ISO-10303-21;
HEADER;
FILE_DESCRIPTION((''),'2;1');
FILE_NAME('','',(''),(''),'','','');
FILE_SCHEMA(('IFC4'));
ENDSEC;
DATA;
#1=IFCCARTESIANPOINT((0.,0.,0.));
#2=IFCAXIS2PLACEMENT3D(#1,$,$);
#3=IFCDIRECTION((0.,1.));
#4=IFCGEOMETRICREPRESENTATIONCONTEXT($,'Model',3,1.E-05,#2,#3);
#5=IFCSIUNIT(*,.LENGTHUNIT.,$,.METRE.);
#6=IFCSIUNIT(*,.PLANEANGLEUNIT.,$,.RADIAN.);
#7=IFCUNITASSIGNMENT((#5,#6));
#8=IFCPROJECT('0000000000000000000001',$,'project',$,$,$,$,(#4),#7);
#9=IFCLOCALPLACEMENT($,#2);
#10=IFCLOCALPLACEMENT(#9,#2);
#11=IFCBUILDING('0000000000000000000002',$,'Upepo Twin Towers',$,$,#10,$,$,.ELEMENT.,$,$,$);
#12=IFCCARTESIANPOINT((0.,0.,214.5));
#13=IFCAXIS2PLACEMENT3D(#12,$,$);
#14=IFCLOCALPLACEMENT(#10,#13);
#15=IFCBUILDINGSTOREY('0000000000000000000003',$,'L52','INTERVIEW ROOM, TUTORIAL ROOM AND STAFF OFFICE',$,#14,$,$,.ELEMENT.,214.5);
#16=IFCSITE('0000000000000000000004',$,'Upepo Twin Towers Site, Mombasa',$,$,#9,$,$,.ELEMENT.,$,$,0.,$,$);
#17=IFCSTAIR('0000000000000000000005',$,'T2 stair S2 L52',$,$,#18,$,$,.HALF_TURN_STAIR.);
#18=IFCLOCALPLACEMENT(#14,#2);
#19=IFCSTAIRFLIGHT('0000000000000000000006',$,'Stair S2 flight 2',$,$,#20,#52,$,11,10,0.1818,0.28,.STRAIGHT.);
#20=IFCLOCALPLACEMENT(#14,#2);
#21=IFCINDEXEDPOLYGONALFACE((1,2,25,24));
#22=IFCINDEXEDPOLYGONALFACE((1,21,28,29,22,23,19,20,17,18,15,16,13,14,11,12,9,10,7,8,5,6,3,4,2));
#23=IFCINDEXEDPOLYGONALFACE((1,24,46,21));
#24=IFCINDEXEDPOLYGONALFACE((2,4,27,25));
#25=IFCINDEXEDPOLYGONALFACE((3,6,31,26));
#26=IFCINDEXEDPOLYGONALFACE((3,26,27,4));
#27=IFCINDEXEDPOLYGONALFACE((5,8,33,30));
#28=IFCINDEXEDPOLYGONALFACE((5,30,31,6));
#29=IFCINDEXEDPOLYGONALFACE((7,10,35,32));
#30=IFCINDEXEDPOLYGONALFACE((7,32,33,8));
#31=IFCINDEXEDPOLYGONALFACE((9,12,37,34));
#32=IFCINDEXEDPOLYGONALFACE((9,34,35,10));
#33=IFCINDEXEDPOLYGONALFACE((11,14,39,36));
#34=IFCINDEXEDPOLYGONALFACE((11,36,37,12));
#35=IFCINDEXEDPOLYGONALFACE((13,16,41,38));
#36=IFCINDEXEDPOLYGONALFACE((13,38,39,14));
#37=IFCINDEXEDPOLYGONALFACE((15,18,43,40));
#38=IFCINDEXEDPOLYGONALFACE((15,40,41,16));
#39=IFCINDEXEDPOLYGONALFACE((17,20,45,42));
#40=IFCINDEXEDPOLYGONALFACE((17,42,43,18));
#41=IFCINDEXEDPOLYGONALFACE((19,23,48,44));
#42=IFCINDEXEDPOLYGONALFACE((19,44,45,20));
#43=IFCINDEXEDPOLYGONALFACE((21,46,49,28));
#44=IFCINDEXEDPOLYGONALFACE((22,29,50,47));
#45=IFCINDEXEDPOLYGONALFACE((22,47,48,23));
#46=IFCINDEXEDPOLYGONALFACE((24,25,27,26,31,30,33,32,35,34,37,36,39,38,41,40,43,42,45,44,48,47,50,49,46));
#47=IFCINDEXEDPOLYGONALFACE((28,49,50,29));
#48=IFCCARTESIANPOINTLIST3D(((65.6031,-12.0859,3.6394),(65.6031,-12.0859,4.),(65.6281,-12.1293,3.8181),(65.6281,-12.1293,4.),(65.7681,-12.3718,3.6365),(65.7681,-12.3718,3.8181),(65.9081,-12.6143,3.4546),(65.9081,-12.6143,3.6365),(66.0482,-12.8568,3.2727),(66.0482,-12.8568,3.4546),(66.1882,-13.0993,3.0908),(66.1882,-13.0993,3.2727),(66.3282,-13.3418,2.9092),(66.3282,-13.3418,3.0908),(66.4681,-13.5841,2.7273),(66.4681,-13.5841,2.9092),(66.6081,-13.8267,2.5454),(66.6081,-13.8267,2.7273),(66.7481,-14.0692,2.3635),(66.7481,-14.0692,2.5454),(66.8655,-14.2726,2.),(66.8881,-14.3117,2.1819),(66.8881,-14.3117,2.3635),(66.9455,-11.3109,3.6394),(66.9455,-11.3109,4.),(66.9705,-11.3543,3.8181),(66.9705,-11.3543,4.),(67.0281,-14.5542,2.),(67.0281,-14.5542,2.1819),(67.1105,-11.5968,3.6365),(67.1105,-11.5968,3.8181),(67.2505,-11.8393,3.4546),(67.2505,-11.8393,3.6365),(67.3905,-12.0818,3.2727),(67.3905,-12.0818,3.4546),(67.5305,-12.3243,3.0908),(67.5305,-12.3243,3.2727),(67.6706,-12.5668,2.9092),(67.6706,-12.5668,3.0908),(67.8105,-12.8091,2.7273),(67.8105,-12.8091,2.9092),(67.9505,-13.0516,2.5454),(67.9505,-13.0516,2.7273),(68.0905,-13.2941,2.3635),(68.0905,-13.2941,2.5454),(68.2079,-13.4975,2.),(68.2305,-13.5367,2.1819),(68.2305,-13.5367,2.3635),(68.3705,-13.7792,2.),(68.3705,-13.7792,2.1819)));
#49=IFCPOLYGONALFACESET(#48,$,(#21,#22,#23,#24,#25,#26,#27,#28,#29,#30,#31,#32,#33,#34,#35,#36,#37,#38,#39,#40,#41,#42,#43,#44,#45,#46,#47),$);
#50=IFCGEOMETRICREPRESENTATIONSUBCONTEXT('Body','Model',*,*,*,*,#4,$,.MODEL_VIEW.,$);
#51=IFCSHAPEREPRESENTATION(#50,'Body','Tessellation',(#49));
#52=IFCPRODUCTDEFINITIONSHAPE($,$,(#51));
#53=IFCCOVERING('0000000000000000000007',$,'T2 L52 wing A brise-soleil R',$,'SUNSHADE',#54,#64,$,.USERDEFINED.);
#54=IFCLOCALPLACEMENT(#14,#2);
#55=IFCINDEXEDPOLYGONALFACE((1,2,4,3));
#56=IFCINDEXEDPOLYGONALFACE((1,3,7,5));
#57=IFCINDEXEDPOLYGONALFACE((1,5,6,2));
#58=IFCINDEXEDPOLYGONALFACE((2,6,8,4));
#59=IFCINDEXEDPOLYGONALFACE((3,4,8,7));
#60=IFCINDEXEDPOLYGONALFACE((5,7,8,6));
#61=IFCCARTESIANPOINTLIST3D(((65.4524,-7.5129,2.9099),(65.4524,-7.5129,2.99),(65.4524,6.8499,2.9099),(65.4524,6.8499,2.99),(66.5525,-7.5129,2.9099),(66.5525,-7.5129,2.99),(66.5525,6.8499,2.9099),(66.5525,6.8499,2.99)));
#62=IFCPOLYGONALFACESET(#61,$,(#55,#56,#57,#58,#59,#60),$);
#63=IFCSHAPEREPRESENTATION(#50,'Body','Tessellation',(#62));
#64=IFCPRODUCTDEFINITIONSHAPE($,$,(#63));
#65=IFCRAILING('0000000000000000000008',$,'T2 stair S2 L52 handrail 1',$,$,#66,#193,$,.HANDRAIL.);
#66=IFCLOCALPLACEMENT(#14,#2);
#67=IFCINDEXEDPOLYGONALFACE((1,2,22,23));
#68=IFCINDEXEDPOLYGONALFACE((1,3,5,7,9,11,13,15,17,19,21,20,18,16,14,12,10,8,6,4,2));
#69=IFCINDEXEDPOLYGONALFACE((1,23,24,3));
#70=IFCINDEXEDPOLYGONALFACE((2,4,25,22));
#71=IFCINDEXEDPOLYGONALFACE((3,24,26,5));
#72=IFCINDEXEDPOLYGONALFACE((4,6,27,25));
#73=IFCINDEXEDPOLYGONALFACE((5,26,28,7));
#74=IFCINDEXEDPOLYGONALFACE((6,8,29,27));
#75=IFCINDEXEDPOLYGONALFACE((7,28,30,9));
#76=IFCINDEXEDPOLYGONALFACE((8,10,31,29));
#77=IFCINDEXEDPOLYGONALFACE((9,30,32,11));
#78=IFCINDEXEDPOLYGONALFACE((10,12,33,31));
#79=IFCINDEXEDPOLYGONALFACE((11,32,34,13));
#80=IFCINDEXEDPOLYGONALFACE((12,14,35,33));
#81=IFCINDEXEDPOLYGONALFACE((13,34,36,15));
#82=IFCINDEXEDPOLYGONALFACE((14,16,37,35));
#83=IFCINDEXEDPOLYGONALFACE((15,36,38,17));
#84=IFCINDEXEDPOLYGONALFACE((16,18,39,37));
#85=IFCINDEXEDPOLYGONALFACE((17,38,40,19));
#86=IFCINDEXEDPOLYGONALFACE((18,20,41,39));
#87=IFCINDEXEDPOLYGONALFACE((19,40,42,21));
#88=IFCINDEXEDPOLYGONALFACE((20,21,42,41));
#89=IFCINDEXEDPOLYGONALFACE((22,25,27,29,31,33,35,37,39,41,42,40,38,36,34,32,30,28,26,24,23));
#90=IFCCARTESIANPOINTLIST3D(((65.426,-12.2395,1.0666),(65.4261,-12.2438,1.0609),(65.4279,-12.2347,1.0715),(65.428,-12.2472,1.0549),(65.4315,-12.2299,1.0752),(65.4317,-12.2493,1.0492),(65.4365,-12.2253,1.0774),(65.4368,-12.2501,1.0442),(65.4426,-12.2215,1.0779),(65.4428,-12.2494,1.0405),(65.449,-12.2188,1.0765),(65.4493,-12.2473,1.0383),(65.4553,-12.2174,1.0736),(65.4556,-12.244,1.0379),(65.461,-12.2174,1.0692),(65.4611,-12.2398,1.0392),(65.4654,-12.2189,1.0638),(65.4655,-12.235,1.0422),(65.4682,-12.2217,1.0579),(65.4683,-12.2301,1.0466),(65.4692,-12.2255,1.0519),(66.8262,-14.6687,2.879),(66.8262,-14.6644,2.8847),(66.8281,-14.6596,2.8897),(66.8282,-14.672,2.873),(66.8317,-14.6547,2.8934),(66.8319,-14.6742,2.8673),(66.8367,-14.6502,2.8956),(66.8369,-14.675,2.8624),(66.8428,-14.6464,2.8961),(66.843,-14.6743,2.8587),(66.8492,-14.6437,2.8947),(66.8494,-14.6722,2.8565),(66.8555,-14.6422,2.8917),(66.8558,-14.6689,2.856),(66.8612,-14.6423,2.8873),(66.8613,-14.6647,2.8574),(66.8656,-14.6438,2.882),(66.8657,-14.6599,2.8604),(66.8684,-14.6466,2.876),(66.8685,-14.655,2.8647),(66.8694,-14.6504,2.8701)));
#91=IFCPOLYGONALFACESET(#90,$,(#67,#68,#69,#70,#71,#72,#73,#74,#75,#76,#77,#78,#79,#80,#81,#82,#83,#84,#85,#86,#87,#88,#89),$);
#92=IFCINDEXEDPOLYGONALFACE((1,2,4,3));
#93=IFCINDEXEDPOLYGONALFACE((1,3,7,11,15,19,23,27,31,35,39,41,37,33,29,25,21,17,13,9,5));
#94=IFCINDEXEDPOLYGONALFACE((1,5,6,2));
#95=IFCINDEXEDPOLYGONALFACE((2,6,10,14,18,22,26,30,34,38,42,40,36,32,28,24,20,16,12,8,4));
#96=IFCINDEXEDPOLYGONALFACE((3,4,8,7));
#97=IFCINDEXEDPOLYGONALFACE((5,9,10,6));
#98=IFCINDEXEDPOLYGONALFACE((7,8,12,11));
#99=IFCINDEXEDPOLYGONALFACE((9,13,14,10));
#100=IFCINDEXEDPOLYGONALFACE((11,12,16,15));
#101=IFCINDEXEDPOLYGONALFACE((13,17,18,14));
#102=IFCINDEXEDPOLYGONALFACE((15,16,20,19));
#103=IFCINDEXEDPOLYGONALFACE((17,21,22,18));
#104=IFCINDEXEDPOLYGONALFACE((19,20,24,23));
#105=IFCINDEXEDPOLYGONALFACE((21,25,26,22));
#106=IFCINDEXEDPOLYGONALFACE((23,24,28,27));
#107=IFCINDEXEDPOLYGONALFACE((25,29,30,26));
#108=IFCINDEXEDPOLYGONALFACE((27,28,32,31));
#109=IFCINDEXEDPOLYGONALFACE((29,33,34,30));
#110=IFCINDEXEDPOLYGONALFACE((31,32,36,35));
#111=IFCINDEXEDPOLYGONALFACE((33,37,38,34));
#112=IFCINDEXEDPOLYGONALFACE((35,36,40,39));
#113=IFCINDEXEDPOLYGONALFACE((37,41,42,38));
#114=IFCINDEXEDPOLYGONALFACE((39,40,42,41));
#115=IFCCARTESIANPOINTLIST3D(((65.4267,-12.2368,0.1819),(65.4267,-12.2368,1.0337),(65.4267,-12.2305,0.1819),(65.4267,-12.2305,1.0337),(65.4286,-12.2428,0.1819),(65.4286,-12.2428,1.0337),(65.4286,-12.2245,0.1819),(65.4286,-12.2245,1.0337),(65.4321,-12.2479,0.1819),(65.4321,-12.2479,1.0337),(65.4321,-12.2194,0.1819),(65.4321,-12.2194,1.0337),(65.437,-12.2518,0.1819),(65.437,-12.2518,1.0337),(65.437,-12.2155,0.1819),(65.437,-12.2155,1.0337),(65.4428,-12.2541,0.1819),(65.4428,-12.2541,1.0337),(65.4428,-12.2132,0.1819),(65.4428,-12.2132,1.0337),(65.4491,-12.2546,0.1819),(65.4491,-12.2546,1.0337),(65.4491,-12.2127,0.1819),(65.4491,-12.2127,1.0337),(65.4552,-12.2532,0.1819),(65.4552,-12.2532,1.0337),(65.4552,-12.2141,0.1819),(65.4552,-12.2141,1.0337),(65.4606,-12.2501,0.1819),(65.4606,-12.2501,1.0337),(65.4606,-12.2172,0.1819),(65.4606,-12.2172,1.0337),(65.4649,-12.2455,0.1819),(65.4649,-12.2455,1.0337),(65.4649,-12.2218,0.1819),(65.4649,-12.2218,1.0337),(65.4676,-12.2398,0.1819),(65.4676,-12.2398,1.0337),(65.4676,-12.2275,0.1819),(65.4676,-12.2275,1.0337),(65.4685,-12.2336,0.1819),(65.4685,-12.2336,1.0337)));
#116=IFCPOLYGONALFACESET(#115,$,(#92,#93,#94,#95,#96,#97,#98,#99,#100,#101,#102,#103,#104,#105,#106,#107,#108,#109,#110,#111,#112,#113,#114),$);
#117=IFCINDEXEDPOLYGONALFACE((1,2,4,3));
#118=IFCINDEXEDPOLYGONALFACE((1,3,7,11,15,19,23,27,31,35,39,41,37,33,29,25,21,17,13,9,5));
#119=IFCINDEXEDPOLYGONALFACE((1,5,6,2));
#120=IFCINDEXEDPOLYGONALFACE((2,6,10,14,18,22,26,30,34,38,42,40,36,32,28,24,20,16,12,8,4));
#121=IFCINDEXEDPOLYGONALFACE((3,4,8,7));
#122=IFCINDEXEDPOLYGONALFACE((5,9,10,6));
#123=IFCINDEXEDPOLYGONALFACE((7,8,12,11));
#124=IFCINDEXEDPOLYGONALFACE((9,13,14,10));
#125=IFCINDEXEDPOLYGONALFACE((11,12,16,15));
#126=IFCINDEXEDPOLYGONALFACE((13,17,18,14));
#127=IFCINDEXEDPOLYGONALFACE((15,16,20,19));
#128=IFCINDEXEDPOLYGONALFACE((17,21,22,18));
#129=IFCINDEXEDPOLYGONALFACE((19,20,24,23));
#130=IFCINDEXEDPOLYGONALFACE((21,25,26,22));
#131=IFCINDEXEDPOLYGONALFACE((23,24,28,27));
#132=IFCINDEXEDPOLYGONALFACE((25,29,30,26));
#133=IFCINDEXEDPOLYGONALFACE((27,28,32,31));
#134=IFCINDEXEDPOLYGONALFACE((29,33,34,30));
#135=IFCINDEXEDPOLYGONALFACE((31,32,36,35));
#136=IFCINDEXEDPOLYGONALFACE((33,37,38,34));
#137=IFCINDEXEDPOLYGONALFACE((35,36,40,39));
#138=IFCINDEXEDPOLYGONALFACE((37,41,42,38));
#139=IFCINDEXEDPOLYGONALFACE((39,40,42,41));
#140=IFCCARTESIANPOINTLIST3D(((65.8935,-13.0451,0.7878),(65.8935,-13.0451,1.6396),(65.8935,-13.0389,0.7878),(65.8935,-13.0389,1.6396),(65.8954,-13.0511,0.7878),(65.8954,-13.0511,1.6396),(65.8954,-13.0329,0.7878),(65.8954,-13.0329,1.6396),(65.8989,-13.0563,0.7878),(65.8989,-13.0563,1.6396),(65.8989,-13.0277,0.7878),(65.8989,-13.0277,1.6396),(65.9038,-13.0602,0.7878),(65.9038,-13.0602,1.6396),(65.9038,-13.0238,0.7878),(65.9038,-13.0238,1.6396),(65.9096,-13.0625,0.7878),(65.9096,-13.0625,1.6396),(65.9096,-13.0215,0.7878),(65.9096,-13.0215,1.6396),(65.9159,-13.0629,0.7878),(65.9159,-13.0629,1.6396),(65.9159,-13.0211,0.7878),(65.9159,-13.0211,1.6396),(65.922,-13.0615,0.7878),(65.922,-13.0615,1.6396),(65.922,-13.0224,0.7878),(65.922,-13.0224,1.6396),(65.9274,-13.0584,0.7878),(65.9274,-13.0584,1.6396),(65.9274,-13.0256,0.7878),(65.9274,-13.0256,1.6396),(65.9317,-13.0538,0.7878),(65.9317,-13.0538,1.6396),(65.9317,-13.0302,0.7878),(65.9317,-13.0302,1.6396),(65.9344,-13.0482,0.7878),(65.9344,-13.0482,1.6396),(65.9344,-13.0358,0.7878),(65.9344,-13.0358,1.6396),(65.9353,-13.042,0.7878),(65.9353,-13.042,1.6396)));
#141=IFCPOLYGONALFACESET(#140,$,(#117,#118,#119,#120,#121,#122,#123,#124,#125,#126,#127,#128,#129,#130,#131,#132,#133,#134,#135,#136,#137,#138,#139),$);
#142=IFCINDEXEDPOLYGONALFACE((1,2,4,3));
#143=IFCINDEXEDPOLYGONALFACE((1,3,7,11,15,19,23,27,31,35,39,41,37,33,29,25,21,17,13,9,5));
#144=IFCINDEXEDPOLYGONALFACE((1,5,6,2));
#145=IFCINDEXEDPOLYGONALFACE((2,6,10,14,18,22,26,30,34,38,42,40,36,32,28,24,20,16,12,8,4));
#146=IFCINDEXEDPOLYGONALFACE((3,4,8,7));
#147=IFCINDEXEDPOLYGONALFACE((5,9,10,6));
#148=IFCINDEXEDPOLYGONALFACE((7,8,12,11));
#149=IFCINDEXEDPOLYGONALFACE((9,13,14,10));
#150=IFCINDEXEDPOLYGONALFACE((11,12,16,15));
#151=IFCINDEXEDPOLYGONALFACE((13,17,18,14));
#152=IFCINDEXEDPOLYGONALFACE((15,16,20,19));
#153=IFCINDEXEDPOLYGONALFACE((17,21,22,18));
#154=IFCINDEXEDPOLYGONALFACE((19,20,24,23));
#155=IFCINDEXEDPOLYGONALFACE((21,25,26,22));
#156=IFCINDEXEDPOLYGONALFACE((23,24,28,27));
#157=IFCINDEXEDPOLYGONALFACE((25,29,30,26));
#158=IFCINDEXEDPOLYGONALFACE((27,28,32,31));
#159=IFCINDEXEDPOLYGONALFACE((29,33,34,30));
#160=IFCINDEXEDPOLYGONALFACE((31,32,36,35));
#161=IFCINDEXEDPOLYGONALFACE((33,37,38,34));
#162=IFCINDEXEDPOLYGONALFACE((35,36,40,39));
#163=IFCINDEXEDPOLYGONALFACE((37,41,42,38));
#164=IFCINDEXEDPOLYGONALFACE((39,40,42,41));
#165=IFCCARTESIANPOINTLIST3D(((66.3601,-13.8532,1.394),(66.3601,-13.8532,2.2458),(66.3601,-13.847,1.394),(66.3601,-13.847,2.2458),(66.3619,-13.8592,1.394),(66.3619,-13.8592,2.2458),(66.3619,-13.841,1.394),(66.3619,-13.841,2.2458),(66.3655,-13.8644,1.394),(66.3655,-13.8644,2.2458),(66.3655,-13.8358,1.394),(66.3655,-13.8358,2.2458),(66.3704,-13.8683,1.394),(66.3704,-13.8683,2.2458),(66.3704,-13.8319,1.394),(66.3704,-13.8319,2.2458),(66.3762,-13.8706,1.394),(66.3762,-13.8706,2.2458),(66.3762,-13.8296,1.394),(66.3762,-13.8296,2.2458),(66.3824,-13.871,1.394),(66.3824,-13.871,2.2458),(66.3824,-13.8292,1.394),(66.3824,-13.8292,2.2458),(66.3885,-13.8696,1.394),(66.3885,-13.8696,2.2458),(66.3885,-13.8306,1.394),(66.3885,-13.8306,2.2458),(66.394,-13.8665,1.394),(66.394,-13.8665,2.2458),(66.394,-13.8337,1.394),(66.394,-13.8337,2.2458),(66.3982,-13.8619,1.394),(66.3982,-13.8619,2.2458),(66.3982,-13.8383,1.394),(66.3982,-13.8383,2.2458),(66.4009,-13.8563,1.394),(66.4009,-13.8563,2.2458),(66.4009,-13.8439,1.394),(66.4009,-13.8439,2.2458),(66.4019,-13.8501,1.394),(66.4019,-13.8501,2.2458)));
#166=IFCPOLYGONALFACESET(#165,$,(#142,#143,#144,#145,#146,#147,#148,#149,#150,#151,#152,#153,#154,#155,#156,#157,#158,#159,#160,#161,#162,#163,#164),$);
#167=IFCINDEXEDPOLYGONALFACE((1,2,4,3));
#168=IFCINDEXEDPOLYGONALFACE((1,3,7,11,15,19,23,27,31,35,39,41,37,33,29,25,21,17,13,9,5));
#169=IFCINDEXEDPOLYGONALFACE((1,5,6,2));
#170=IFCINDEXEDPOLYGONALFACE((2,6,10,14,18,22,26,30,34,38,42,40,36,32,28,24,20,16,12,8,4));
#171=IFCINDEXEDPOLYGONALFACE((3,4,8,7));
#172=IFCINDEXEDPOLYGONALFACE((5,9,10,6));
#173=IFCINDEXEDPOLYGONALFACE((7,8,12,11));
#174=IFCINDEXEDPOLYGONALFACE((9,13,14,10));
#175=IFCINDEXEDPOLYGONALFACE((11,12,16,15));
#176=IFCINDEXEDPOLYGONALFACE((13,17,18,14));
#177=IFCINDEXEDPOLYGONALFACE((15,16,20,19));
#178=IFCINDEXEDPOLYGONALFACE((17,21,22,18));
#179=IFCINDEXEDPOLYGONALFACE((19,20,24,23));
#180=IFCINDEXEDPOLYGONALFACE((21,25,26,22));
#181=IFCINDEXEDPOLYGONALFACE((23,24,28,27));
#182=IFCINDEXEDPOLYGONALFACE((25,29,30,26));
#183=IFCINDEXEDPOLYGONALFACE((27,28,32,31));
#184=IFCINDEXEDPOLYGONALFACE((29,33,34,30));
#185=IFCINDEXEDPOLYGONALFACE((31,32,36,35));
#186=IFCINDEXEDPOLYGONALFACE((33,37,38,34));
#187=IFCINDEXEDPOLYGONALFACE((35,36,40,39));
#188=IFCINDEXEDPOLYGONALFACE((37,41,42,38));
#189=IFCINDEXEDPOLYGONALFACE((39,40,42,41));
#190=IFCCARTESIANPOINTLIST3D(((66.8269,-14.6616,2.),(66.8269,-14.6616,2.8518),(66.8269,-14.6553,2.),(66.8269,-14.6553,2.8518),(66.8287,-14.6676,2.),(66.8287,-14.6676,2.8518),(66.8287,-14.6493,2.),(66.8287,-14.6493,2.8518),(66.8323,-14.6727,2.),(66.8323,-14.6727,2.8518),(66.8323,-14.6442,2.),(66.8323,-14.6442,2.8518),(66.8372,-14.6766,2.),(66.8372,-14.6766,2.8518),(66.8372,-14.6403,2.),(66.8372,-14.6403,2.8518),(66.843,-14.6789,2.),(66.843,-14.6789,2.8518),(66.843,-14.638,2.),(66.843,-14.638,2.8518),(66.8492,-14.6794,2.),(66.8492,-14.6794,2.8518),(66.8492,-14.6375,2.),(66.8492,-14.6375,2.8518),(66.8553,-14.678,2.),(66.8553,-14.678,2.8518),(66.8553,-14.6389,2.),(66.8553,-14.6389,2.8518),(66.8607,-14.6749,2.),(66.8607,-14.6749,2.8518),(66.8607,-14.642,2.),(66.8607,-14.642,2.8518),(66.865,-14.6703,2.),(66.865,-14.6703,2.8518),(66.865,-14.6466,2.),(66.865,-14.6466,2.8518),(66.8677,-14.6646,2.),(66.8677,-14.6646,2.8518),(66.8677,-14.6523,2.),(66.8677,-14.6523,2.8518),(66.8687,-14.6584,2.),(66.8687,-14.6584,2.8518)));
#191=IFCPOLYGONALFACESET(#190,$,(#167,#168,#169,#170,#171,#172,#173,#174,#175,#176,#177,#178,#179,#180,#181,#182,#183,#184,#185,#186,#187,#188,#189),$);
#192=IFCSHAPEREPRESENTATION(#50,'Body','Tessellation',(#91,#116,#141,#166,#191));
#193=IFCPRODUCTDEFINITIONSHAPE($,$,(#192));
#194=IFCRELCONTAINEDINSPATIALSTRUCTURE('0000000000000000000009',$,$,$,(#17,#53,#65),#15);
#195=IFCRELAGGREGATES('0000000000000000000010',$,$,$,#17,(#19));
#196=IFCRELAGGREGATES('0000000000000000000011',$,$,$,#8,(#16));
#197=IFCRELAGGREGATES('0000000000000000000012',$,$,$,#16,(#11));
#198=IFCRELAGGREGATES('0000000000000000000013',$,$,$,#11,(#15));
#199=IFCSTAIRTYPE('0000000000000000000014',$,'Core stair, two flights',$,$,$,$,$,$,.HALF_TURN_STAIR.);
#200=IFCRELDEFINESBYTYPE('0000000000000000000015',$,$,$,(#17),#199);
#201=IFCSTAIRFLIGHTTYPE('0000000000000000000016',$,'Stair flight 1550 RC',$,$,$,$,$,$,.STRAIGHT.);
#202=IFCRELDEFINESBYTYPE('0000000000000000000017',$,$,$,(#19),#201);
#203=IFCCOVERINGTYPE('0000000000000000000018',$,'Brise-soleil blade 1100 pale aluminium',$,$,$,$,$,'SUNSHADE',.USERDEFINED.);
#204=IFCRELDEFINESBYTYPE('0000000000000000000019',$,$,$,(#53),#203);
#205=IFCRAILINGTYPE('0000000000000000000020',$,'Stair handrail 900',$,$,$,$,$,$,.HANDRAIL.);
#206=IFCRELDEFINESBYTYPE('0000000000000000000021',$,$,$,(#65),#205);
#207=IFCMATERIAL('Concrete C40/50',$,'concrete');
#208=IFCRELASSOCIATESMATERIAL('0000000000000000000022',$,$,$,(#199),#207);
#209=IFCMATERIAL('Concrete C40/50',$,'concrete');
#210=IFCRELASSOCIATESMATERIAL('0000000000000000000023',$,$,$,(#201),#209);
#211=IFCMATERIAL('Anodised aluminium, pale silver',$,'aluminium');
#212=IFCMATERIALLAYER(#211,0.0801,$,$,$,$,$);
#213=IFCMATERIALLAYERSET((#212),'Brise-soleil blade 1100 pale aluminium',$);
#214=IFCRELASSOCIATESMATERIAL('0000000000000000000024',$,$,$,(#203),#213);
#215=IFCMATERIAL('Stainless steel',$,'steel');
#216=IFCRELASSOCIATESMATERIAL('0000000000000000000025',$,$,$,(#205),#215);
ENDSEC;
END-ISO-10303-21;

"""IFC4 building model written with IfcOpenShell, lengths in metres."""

from ifc_helpers import new_model, si_unit, direction, frame, origin, origin_2d, place, context, subcontext, project, spatial, polyline, rectangle, circle, outline, extrude, material, layer, layer_set, type_object, element, aggregate, save


model = new_model("IFC4")

# Units and contexts
model_context = context("Model", 3, precision=1e-05, world=origin(), true_north=direction((0.0, 1.0)))
body_context = subcontext(model_context, "Body", "Model", "MODEL_VIEW")
ifc_project = project(units=[si_unit("LENGTHUNIT", "METRE"), si_unit("PLANEANGLEUNIT", "RADIAN")], contexts=[model_context])

# Site, building, storey
site_placement = place(None, origin())
site = spatial("IfcSite", under=ifc_project, at=site_placement, Name="Upepo Twin Towers Site, Mombasa", CompositionType="ELEMENT", RefElevation=0.0)
building_placement = place(site_placement, origin())
building = spatial("IfcBuilding", under=site, at=building_placement, Name="Upepo Twin Towers", CompositionType="ELEMENT")
storey_placement = place(building_placement, frame((0.0, 0.0, 214.5)))
storey = spatial("IfcBuildingStorey", under=building, at=storey_placement, Name="L52", Description="INTERVIEW ROOM, TUTORIAL ROOM AND STAFF OFFICE", CompositionType="ELEMENT", Elevation=214.5)

# Stair, stair flight
ifc_material_1 = material(Name="Concrete C40/50", Category="concrete")
stair_type = type_object("IfcStairType", Name="Core stair, two flights", PredefinedType="HALF_TURN_STAIR", material=ifc_material_1)
stair_placement = place(storey_placement, origin())
stair = element("IfcStair", 1, at=stair_placement, inside=storey, type_object=stair_type, Name="T2 stair S2 L52", PredefinedType="HALF_TURN_STAIR")
ifc_material_2 = material(Name="Concrete C40/50", Category="concrete")
stair_flight_type = type_object("IfcStairFlightType", Name="Stair flight 1550 RC", PredefinedType="STRAIGHT", material=ifc_material_2)
stair_flight_1_placement = place(storey_placement, frame((67.6992, -14.1667, 2.0), z_axis=(0.0, 0.0, 1.0), x_axis=(-0.5, 0.866025, 0.0)))
stair_flight_1 = element("IfcStairFlight", 2, at=stair_flight_1_placement, type_object=stair_flight_type, Name="Stair S2 flight 2", NumberOfRisers=11, NumberOfTreads=10, PredefinedType="STRAIGHT", RiserHeight=0.1818, TreadLength=0.28, context=body_context, shape_type="SweptSolid", body=[
    extrude(outline(polyline([(0.0, 0.0), (0.0, 0.1819), (0.28, 0.1819), (0.28, 0.3635), (0.5601, 0.3635), (0.5601, 0.5454), (0.8401, 0.5454), (0.8401, 0.7273), (1.1201, 0.7273), (1.1201, 0.9092), (1.3999, 0.9092), (1.3999, 1.0908), (1.6799, 1.0908), (1.6799, 1.2727), (1.96, 1.2727), (1.96, 1.4546), (2.24, 1.4546), (2.24, 1.6365), (2.52, 1.6365), (2.52, 1.8181), (2.8, 1.8181), (2.8, 2.0), (2.8501, 2.0), (2.8501, 1.6394), (0.3252, 0.0), (0.0, 0.0)])), frame((0.0, 0.7749, 0.0), z_axis=(0.0, -1.0, 0.0), x_axis=(1.0, 0.0, 0.0)), (0.0, 0.0, 1.0), 1.55),
])
aggregate(stair, [stair_flight_1])

# Covering
ifc_material_3 = material(Name="Anodised aluminium, pale silver", Category="aluminium")
ifc_layer_1 = layer(ifc_material_3, 0.0801)
ifc_layer_set_1 = layer_set([ifc_layer_1], Name="Brise-soleil blade 1100 pale aluminium")
covering_type = type_object("IfcCoveringType", Name="Brise-soleil blade 1100 pale aluminium", ElementType="SUNSHADE", PredefinedType="USERDEFINED", material=ifc_layer_set_1)
covering_placement = place(storey_placement, frame((66.0024, -0.3315, 2.9099), z_axis=(0.0, 0.0, 1.0), x_axis=(0.0, 1.0, 0.0)))
element("IfcCovering", 3, at=covering_placement, inside=storey, type_object=covering_type, Name="T2 L52 wing A brise-soleil R", ObjectType="SUNSHADE", PredefinedType="USERDEFINED", context=body_context, shape_type="SweptSolid", body=[
    extrude(rectangle(XDim=14.3628, YDim=1.1001, at=origin_2d()), origin(), (0.0, 0.0, 1.0), 0.0801),
])

# Railing
ifc_material_4 = material(Name="Stainless steel", Category="steel")
railing_type = type_object("IfcRailingType", Name="Stair handrail 900", PredefinedType="HANDRAIL", material=ifc_material_4)
railing_1_placement = place(storey_placement, frame((65.4475, -12.2336, 0.1819)))
element("IfcRailing", 4, at=railing_1_placement, inside=storey, type_object=railing_type, Name="T2 stair S2 L52 handrail 1", PredefinedType="HANDRAIL", context=body_context, shape_type="SweptSolid", body=[
    extrude(circle(Radius=0.0239, at=origin_2d()), frame((0.0, 0.0, 0.876), z_axis=(0.419393, -0.726314, 0.544589), x_axis=(0.865997, 0.50005, 0.0)), (0.0, 0.0, 1.0), 3.3386),
    extrude(circle(Radius=0.021, at=origin_2d()), origin(), (0.0, 0.0, 1.0), 0.8518),
    extrude(circle(Radius=0.021, at=origin_2d()), frame((0.4668, -0.8083, 0.606)), (0.0, 0.0, 1.0), 0.8518),
    extrude(circle(Radius=0.021, at=origin_2d()), frame((0.9333, -1.6165, 1.2122)), (0.0, 0.0, 1.0), 0.8518),
    extrude(circle(Radius=0.021, at=origin_2d()), frame((1.4001, -2.4248, 1.8181)), (0.0, 0.0, 1.0), 0.8518),
])

save(model, "model.ifc")
